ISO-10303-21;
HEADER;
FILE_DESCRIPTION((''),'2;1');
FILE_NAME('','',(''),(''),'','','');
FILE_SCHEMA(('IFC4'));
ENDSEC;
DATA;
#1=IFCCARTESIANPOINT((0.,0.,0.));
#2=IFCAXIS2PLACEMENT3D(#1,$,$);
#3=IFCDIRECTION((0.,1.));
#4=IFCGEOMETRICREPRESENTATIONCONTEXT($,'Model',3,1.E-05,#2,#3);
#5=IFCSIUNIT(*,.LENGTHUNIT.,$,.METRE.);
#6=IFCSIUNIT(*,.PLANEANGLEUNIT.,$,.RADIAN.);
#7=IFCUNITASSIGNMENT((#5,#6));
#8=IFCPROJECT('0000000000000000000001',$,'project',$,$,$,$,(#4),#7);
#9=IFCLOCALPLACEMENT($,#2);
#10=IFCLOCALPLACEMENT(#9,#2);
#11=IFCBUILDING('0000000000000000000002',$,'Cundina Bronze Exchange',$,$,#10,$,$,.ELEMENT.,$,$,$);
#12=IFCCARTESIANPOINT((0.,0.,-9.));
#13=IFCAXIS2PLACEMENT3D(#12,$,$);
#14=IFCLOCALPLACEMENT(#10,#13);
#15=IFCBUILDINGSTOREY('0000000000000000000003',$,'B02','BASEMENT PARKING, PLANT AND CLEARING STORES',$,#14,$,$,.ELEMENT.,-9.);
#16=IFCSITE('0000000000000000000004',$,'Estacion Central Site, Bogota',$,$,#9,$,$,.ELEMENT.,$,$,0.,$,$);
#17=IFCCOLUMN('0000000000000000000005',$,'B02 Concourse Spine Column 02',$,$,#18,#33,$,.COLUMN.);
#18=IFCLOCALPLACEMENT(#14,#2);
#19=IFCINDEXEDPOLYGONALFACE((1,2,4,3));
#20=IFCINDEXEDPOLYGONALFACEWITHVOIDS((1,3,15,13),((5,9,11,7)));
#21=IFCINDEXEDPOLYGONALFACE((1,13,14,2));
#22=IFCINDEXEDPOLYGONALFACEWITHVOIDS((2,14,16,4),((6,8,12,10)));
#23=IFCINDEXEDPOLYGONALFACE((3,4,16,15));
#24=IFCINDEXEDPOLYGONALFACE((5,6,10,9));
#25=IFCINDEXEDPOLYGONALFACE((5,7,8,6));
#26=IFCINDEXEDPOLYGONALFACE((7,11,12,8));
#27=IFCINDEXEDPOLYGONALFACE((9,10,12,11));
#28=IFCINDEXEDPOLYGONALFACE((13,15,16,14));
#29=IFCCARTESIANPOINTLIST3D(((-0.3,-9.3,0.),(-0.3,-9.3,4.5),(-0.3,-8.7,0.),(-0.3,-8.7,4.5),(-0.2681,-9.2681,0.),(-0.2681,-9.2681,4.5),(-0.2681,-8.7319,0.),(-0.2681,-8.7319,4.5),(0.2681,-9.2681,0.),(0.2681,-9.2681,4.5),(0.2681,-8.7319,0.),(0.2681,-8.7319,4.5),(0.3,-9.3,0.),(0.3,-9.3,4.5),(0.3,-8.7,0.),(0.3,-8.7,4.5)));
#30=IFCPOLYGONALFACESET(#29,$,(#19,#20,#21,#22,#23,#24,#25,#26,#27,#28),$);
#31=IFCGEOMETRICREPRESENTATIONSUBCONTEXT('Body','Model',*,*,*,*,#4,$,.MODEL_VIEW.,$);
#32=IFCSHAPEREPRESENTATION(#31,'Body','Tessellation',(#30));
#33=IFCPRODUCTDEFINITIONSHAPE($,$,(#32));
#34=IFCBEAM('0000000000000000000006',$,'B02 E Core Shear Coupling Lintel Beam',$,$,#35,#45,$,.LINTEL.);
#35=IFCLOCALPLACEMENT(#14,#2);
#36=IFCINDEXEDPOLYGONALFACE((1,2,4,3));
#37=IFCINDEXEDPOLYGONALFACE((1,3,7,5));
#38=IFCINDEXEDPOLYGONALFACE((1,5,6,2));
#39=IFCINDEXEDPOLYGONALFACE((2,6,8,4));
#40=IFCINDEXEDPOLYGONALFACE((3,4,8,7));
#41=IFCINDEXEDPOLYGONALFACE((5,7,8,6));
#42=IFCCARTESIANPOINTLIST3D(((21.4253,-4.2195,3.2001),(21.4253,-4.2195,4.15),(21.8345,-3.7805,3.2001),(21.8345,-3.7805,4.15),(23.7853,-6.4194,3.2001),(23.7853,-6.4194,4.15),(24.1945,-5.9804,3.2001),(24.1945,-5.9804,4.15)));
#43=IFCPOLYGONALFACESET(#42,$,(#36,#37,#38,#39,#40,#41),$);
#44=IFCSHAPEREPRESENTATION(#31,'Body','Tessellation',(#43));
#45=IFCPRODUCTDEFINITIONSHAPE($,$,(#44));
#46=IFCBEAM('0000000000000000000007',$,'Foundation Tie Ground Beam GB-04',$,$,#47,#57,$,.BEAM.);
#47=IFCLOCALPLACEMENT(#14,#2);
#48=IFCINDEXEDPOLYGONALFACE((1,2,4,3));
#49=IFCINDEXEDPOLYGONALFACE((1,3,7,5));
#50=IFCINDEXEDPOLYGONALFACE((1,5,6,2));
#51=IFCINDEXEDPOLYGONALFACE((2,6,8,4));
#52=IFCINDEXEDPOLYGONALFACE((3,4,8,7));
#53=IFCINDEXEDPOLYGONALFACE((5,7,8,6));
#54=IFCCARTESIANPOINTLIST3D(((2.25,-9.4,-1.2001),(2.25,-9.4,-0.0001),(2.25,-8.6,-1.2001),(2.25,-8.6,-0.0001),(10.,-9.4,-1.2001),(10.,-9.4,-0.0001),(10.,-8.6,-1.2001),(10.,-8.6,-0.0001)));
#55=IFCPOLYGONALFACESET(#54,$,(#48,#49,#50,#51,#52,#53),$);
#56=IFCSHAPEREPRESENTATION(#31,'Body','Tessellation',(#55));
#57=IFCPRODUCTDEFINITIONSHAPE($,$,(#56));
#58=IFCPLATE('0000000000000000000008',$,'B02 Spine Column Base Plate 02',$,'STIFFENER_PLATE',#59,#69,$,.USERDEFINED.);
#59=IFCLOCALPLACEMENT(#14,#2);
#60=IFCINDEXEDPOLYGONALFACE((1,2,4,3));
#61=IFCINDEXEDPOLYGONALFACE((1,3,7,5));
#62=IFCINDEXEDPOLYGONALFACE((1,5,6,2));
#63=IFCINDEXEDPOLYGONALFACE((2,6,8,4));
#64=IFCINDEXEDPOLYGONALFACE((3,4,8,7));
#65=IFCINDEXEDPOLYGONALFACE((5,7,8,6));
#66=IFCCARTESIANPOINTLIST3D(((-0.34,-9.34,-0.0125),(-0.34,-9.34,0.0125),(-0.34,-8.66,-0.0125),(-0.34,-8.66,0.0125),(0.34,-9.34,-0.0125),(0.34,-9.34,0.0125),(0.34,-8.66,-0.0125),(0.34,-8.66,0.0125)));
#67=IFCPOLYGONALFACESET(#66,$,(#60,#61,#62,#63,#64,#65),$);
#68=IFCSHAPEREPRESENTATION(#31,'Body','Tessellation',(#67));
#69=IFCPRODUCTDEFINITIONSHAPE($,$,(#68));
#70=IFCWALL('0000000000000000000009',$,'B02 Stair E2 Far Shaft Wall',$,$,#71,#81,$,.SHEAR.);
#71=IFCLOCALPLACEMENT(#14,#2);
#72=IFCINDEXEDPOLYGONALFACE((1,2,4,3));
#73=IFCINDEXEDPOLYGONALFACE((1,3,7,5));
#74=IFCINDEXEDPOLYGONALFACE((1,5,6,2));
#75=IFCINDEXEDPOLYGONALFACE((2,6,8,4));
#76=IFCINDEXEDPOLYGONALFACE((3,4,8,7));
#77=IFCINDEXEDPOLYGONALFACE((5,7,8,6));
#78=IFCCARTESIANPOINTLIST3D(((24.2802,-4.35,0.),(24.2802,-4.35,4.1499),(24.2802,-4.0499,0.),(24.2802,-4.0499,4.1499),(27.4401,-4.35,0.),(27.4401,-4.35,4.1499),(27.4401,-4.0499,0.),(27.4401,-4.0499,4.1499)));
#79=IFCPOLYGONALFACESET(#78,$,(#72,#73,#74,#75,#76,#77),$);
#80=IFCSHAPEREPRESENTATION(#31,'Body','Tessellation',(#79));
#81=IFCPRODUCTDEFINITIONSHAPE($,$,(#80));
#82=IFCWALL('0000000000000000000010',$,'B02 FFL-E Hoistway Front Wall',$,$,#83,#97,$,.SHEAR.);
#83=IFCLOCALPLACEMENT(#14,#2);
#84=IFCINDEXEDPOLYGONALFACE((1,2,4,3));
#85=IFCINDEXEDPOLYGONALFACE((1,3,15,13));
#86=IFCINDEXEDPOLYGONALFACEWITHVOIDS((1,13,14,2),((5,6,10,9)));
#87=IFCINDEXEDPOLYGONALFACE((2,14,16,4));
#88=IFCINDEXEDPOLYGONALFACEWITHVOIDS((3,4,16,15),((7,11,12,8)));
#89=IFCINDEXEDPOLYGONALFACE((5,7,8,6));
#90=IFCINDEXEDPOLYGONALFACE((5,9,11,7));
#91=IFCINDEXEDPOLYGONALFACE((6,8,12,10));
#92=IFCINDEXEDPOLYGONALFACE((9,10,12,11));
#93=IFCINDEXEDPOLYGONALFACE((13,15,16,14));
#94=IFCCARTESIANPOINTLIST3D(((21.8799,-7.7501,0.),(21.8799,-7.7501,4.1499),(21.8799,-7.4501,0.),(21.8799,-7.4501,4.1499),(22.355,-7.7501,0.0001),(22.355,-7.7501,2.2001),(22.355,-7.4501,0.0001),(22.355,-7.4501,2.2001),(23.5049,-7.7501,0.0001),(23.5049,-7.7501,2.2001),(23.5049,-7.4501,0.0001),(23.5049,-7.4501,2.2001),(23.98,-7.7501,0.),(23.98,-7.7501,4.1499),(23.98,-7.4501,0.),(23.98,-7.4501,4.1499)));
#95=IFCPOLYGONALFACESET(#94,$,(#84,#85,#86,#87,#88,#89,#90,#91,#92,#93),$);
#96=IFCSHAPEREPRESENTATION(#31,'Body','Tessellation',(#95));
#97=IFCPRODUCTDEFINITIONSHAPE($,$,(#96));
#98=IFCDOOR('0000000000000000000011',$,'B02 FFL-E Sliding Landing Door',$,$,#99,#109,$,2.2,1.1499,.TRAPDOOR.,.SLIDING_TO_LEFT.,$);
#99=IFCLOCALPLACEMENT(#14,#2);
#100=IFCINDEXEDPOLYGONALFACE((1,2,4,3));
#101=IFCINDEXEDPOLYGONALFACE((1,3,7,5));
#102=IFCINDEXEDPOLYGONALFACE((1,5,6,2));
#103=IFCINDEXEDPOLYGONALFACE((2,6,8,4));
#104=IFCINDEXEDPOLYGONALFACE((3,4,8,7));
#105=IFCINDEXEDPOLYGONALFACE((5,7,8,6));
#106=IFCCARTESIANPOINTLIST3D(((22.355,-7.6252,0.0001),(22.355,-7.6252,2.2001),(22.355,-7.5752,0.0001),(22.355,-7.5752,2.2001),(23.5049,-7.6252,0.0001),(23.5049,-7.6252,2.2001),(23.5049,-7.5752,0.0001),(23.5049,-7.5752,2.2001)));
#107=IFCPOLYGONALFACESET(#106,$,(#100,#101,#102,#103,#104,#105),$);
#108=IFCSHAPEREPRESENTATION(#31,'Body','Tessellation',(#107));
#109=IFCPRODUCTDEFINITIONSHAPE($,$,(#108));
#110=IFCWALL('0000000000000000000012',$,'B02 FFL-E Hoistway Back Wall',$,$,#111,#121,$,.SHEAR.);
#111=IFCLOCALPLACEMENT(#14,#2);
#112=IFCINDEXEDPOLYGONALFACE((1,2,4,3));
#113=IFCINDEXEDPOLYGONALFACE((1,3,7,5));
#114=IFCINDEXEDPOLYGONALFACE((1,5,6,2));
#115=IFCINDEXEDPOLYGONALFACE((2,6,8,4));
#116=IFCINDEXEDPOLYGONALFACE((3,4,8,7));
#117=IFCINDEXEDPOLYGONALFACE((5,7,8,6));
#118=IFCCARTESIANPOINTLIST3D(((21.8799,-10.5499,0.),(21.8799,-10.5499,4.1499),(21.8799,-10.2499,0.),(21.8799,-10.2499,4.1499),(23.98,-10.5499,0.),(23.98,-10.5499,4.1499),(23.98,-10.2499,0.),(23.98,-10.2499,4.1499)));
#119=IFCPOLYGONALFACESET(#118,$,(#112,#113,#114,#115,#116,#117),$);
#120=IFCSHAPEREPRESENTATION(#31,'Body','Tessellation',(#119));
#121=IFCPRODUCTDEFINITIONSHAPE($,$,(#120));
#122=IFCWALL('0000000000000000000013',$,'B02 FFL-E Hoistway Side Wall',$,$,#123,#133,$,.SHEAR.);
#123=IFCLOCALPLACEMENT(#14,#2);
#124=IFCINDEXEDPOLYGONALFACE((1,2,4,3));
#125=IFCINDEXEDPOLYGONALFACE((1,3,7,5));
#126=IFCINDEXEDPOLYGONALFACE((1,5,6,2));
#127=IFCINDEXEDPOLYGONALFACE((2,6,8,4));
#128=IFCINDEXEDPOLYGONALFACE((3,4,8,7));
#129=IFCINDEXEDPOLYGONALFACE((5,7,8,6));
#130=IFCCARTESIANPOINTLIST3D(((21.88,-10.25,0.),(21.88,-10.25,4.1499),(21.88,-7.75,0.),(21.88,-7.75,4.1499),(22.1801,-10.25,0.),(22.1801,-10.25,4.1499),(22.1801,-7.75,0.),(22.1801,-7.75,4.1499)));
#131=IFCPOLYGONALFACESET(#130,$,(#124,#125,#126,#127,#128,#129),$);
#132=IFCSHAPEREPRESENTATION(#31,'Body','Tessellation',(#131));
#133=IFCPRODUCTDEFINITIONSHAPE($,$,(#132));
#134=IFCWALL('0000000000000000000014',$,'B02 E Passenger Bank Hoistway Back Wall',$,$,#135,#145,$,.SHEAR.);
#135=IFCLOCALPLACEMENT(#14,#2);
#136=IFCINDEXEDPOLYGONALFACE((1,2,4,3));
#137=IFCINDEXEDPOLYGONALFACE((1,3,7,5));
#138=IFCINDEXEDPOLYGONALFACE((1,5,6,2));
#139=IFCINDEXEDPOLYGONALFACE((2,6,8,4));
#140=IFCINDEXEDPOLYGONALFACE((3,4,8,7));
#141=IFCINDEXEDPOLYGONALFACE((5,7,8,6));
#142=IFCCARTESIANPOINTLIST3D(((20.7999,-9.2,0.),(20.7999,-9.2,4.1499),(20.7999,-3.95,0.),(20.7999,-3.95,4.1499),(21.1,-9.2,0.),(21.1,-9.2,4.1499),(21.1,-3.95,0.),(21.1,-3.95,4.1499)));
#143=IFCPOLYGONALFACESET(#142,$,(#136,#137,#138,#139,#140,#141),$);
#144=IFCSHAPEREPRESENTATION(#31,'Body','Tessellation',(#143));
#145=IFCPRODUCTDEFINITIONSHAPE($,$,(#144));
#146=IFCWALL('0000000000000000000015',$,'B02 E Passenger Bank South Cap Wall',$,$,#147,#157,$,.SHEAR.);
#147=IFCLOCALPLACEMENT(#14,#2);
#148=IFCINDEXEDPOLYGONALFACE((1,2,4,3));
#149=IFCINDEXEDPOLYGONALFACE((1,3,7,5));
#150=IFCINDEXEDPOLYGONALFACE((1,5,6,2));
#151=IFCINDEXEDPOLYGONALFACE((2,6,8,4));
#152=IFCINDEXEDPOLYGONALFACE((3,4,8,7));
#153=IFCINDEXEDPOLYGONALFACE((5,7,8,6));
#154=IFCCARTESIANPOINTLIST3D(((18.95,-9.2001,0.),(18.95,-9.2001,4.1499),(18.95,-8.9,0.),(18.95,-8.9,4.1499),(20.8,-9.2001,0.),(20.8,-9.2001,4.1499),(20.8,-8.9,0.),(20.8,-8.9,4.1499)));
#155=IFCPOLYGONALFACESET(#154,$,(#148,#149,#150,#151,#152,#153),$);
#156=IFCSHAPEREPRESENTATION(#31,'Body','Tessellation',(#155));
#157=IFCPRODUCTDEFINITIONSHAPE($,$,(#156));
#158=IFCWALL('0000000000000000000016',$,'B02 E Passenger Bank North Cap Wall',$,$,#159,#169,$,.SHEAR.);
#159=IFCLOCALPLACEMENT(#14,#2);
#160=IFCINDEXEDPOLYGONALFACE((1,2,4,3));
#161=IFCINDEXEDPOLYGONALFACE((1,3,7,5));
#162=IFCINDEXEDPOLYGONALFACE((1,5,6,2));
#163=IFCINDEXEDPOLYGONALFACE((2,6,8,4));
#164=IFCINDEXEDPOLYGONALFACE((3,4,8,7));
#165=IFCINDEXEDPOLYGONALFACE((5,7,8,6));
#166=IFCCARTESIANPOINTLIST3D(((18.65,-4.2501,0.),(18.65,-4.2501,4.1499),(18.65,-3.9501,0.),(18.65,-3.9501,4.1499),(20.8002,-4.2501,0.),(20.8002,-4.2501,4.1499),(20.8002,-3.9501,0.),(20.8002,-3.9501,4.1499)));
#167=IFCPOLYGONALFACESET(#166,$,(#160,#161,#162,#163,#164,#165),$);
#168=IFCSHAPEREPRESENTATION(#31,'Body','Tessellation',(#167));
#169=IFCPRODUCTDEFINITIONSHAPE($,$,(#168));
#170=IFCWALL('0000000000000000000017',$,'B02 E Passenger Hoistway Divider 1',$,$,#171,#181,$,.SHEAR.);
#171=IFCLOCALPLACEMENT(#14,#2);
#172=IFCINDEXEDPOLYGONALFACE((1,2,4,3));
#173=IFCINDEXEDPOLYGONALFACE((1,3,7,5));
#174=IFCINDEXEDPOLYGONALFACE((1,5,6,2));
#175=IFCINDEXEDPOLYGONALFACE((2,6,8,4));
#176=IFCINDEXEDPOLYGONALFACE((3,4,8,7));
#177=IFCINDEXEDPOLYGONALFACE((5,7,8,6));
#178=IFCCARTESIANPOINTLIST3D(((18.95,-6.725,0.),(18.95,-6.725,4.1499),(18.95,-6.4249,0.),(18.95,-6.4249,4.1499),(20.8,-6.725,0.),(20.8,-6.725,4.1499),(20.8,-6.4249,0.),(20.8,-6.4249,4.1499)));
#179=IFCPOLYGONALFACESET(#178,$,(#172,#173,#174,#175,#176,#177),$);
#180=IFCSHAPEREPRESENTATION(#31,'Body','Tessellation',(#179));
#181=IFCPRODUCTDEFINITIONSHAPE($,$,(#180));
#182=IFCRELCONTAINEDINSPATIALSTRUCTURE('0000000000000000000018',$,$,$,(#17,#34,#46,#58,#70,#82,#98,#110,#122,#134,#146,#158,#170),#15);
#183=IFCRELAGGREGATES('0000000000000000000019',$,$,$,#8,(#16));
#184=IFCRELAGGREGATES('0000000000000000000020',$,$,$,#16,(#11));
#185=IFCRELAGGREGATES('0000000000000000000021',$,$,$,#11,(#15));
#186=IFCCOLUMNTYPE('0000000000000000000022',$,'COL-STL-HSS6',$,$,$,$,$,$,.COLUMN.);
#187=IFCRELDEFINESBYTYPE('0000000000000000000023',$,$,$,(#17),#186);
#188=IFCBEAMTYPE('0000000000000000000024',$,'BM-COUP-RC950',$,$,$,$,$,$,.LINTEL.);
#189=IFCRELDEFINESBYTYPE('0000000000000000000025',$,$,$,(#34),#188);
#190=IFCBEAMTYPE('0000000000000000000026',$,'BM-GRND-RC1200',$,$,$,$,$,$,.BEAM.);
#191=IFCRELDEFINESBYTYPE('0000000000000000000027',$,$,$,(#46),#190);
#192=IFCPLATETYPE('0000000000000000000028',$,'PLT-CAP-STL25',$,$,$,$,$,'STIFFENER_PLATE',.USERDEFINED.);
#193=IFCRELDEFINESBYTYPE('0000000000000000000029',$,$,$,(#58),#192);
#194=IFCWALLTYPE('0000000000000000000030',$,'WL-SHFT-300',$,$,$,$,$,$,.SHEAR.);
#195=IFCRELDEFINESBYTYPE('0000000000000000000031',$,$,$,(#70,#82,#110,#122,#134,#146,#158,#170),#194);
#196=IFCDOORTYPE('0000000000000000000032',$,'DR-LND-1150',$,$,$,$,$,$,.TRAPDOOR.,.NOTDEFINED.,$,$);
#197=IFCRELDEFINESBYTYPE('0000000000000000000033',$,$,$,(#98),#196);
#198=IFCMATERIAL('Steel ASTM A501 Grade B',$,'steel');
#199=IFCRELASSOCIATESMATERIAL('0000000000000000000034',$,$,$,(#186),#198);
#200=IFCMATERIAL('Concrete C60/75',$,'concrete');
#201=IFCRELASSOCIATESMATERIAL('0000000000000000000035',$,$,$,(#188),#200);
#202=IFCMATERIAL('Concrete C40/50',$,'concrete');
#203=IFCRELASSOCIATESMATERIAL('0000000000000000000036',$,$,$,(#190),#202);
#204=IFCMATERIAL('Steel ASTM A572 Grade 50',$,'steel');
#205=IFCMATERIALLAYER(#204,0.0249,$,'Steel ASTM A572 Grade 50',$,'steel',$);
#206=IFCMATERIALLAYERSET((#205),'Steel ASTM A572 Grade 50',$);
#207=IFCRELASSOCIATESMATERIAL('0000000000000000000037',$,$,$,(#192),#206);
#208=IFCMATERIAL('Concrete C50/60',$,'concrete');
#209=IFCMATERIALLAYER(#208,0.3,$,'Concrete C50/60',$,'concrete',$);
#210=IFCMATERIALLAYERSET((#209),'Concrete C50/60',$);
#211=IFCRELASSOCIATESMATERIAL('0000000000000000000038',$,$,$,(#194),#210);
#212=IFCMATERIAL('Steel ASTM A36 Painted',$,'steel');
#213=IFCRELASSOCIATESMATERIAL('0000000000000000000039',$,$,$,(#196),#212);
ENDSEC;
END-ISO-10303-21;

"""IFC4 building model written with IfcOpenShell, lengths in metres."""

from ifc_helpers import new_model, si_unit, direction, frame, frame_2d, origin, origin_2d, place, context, subcontext, project, spatial, rectangle, hollow_rectangle, extrude, material, layer, layer_set, material_profile, profile_set, type_object, element, fill, save


model = new_model("IFC4")

# Units and contexts
model_context = context("Model", 3, precision=1e-05, world=origin(), true_north=direction((0.0, 1.0)))
body_context = subcontext(model_context, "Body", "Model", "MODEL_VIEW")
ifc_project = project(units=[si_unit("LENGTHUNIT", "METRE"), si_unit("PLANEANGLEUNIT", "RADIAN")], contexts=[model_context])

# Site, building, storey
site_placement = place(None, origin())
site = spatial("IfcSite", under=ifc_project, at=site_placement, Name="Estacion Central Site, Bogota", CompositionType="ELEMENT", RefElevation=0.0)
building_placement = place(site_placement, origin())
building = spatial("IfcBuilding", under=site, at=building_placement, Name="Cundina Bronze Exchange", CompositionType="ELEMENT")
storey_placement = place(building_placement, frame((0.0, 0.0, -9.0)))
storey = spatial("IfcBuildingStorey", under=building, at=storey_placement, Name="B02", Description="BASEMENT PARKING, PLANT AND CLEARING STORES", CompositionType="ELEMENT", Elevation=-9.0)

# Shared definitions
ifc_material_1 = material(Name="Concrete C40/50", Category="concrete")

# Column
ifc_material_2 = material(Name="Concrete C60/75", Category="concrete")
ifc_material_3 = material(Name="Steel ASTM A501 Grade B", Category="steel")
ifc_material_profile_1 = material_profile(ifc_material_3, hollow_rectangle(XDim=0.6001, YDim=0.6001, WallThickness=0.032, at=origin_2d()), Name="HSS600X600X32", Category="steel")
ifc_profile_set_1 = profile_set([ifc_material_profile_1], Name="Steel ASTM A501 Grade B")
column_type_1 = type_object("IfcColumnType", Name="COL-STL-HSS6", PredefinedType="COLUMN", material=ifc_profile_set_1)
column_1_placement = place(storey_placement, frame((0.0, -9.0, 0.0), z_axis=(0.0, 0.0, 1.0), x_axis=(1.0, 0.0, 0.0)))
element("IfcColumn", 1, at=column_1_placement, inside=storey, type_object=column_type_1, Name="B02 Concourse Spine Column 02", PredefinedType="COLUMN", context=body_context, shape_type="SweptSolid", body=[
    extrude(hollow_rectangle(XDim=0.6001, YDim=0.6001, WallThickness=0.032, at=origin_2d()), origin(), (0.0, 0.0, 1.0), 4.5),
])

# Beams
ifc_material_profile_2 = material_profile(ifc_material_2, rectangle(XDim=0.6001, YDim=0.95, at=origin_2d()), Name="RC600X950", Category="concrete")
ifc_profile_set_2 = profile_set([ifc_material_profile_2], Name="Concrete C60/75")
beam_type_1 = type_object("IfcBeamType", Name="BM-COUP-RC950", PredefinedType="LINTEL", material=ifc_profile_set_2)
beam_1_placement = place(storey_placement, frame((21.6299, -4.0, 3.675), z_axis=(0.73149, -0.681852, 0.0), x_axis=(0.681852, 0.73149, 0.0)))
element("IfcBeam", 2, at=beam_1_placement, inside=storey, type_object=beam_type_1, Name="B02 E Core Shear Coupling Lintel Beam", PredefinedType="LINTEL", context=body_context, shape_type="SweptSolid", body=[
    extrude(rectangle(XDim=0.6001, YDim=0.95, at=origin_2d()), origin(), (0.0, 0.0, 1.0), 3.2263),
])
ifc_material_profile_3 = material_profile(ifc_material_1, rectangle(XDim=0.8, YDim=1.2, at=origin_2d()), Name="RC800X1200", Category="concrete")
ifc_profile_set_3 = profile_set([ifc_material_profile_3], Name="Concrete C40/50")
beam_type_2 = type_object("IfcBeamType", Name="BM-GRND-RC1200", PredefinedType="BEAM", material=ifc_profile_set_3)
beam_2_placement = place(storey_placement, frame((2.25, -9.0, -0.6001), z_axis=(1.0, 0.0, 0.0), x_axis=(0.0, 1.0, 0.0)))
element("IfcBeam", 3, at=beam_2_placement, inside=storey, type_object=beam_type_2, Name="Foundation Tie Ground Beam GB-04", PredefinedType="BEAM", context=body_context, shape_type="SweptSolid", body=[
    extrude(rectangle(XDim=0.8, YDim=1.2, at=origin_2d()), origin(), (0.0, 0.0, 1.0), 7.75),
])

# Plate
ifc_material_4 = material(Name="Steel ASTM A572 Grade 50", Category="steel")
ifc_layer_1 = layer(ifc_material_4, 0.0249, Name="Steel ASTM A572 Grade 50", Category="steel")
ifc_layer_set_1 = layer_set([ifc_layer_1], Name="Steel ASTM A572 Grade 50")
plate_type = type_object("IfcPlateType", Name="PLT-CAP-STL25", ElementType="STIFFENER_PLATE", PredefinedType="USERDEFINED", material=ifc_layer_set_1)
plate_placement = place(storey_placement, frame((0.0, -9.0, -0.0125), z_axis=(0.0, 0.0, 1.0), x_axis=(1.0, 0.0, 0.0)))
element("IfcPlate", 4, at=plate_placement, inside=storey, type_object=plate_type, Name="B02 Spine Column Base Plate 02", ObjectType="STIFFENER_PLATE", PredefinedType="USERDEFINED", context=body_context, shape_type="SweptSolid", body=[
    extrude(rectangle(XDim=0.6799, YDim=0.6799, at=origin_2d()), origin(), (0.0, 0.0, 1.0), 0.0249),
])

# Shared definitions
ifc_material_5 = material(Name="Concrete C50/60", Category="concrete")
ifc_layer_2 = layer(ifc_material_5, 0.3, Name="Concrete C50/60", Category="concrete")
ifc_layer_set_2 = layer_set([ifc_layer_2], Name="Concrete C50/60")
wall_type_1 = type_object("IfcWallType", Name="WL-SHFT-300", PredefinedType="SHEAR", material=ifc_layer_set_2)
ifc_material_6 = material(Name="Steel ASTM A36 Painted", Category="steel")

# Wall
wall_1_placement = place(storey_placement, frame((24.28, -4.2, 0.0), z_axis=(0.0, 0.0, 1.0), x_axis=(1.0, 0.0, 0.0)))
element("IfcWall", 5, at=wall_1_placement, inside=storey, type_object=wall_type_1, Name="B02 Stair E2 Far Shaft Wall", PredefinedType="SHEAR", context=body_context, shape_type="SweptSolid", body=[
    extrude(rectangle(XDim=3.1599, YDim=0.3, at=frame_2d((1.5801, 0.0))), origin(), (0.0, 0.0, 1.0), 4.1499),
])

# Wall, opening, door
wall_2_placement = place(storey_placement, frame((21.8799, -7.6001, 0.0), z_axis=(0.0, 0.0, 1.0), x_axis=(1.0, 0.0, 0.0)))
wall_2 = element("IfcWall", 6, at=wall_2_placement, inside=storey, type_object=wall_type_1, Name="B02 FFL-E Hoistway Front Wall", PredefinedType="SHEAR", context=body_context, shape_type="SweptSolid", body=[
    extrude(rectangle(XDim=2.1001, YDim=0.3, at=frame_2d((1.05, 0.0))), origin(), (0.0, 0.0, 1.0), 4.1499),
])
opening_1_placement = place(wall_2_placement, frame((0.4751, 0.0, 0.0)))
opening_1 = element("IfcOpeningElement", 7, at=opening_1_placement, cuts=wall_2, PredefinedType="OPENING", context=body_context, shape_type="SweptSolid", body=[
    extrude(rectangle(XDim=1.1499, YDim=2.2, at=frame_2d((0.575, 1.1001))), frame((0.0, 0.1599, 0.0), z_axis=(0.0, -1.0, 0.0), x_axis=(1.0, 0.0, 0.0)), (0.0, 0.0, 1.0), 0.3201),
])
door_type_1 = type_object("IfcDoorType", Name="DR-LND-1150", OperationType="NOTDEFINED", PredefinedType="TRAPDOOR", material=ifc_material_6)
door_1_placement = place(opening_1_placement, origin())
door_1 = element("IfcDoor", 8, at=door_1_placement, inside=storey, type_object=door_type_1, Name="B02 FFL-E Sliding Landing Door", OperationType="SLIDING_TO_LEFT", OverallHeight=2.2, OverallWidth=1.1499, PredefinedType="TRAPDOOR", context=body_context, shape_type="SweptSolid", body=[
    extrude(rectangle(XDim=1.1499, YDim=2.2, at=frame_2d((0.575, 1.1001))), frame((0.0, 0.0249, 0.0), z_axis=(0.0, -1.0, 0.0), x_axis=(1.0, 0.0, 0.0)), (0.0, 0.0, 1.0), 0.05),
])
fill(opening_1, door_1)

# Walls
wall_3_placement = place(storey_placement, frame((21.8799, -10.3999, 0.0), z_axis=(0.0, 0.0, 1.0), x_axis=(1.0, 0.0, 0.0)))
element("IfcWall", 9, at=wall_3_placement, inside=storey, type_object=wall_type_1, Name="B02 FFL-E Hoistway Back Wall", PredefinedType="SHEAR", context=body_context, shape_type="SweptSolid", body=[
    extrude(rectangle(XDim=2.1001, YDim=0.3, at=frame_2d((1.05, 0.0))), origin(), (0.0, 0.0, 1.0), 4.1499),
])
wall_4_placement = place(storey_placement, frame((22.03, -10.25, 0.0), z_axis=(0.0, 0.0, 1.0), x_axis=(0.0, 1.0, 0.0)))
element("IfcWall", 10, at=wall_4_placement, inside=storey, type_object=wall_type_1, Name="B02 FFL-E Hoistway Side Wall", PredefinedType="SHEAR", context=body_context, shape_type="SweptSolid", body=[
    extrude(rectangle(XDim=2.5, YDim=0.3, at=frame_2d((1.25, 0.0))), origin(), (0.0, 0.0, 1.0), 4.1499),
])
wall_5_placement = place(storey_placement, frame((20.95, -9.2, 0.0), z_axis=(0.0, 0.0, 1.0), x_axis=(0.0, 1.0, 0.0)))
element("IfcWall", 11, at=wall_5_placement, inside=storey, type_object=wall_type_1, Name="B02 E Passenger Bank Hoistway Back Wall", PredefinedType="SHEAR", context=body_context, shape_type="SweptSolid", body=[
    extrude(rectangle(XDim=5.25, YDim=0.3, at=frame_2d((2.625, 0.0))), origin(), (0.0, 0.0, 1.0), 4.1499),
])
wall_6_placement = place(storey_placement, frame((18.95, -9.05, 0.0), z_axis=(0.0, 0.0, 1.0), x_axis=(1.0, 0.0, 0.0)))
element("IfcWall", 12, at=wall_6_placement, inside=storey, type_object=wall_type_1, Name="B02 E Passenger Bank South Cap Wall", PredefinedType="SHEAR", context=body_context, shape_type="SweptSolid", body=[
    extrude(rectangle(XDim=1.8501, YDim=0.3, at=frame_2d((0.925, 0.0))), origin(), (0.0, 0.0, 1.0), 4.1499),
])
wall_7_placement = place(storey_placement, frame((18.6499, -4.1001, 0.0), z_axis=(0.0, 0.0, 1.0), x_axis=(1.0, 0.0, 0.0)))
element("IfcWall", 13, at=wall_7_placement, inside=storey, type_object=wall_type_1, Name="B02 E Passenger Bank North Cap Wall", PredefinedType="SHEAR", context=body_context, shape_type="SweptSolid", body=[
    extrude(rectangle(XDim=2.1501, YDim=0.3, at=frame_2d((1.0752, 0.0))), origin(), (0.0, 0.0, 1.0), 4.1499),
])
wall_8_placement = place(storey_placement, frame((18.95, -6.575, 0.0), z_axis=(0.0, 0.0, 1.0), x_axis=(1.0, 0.0, 0.0)))
element("IfcWall", 14, at=wall_8_placement, inside=storey, type_object=wall_type_1, Name="B02 E Passenger Hoistway Divider 1", PredefinedType="SHEAR", context=body_context, shape_type="SweptSolid", body=[
    extrude(rectangle(XDim=1.8501, YDim=0.3, at=frame_2d((0.925, 0.0))), origin(), (0.0, 0.0, 1.0), 4.1499),
])

save(model, "model.ifc")
